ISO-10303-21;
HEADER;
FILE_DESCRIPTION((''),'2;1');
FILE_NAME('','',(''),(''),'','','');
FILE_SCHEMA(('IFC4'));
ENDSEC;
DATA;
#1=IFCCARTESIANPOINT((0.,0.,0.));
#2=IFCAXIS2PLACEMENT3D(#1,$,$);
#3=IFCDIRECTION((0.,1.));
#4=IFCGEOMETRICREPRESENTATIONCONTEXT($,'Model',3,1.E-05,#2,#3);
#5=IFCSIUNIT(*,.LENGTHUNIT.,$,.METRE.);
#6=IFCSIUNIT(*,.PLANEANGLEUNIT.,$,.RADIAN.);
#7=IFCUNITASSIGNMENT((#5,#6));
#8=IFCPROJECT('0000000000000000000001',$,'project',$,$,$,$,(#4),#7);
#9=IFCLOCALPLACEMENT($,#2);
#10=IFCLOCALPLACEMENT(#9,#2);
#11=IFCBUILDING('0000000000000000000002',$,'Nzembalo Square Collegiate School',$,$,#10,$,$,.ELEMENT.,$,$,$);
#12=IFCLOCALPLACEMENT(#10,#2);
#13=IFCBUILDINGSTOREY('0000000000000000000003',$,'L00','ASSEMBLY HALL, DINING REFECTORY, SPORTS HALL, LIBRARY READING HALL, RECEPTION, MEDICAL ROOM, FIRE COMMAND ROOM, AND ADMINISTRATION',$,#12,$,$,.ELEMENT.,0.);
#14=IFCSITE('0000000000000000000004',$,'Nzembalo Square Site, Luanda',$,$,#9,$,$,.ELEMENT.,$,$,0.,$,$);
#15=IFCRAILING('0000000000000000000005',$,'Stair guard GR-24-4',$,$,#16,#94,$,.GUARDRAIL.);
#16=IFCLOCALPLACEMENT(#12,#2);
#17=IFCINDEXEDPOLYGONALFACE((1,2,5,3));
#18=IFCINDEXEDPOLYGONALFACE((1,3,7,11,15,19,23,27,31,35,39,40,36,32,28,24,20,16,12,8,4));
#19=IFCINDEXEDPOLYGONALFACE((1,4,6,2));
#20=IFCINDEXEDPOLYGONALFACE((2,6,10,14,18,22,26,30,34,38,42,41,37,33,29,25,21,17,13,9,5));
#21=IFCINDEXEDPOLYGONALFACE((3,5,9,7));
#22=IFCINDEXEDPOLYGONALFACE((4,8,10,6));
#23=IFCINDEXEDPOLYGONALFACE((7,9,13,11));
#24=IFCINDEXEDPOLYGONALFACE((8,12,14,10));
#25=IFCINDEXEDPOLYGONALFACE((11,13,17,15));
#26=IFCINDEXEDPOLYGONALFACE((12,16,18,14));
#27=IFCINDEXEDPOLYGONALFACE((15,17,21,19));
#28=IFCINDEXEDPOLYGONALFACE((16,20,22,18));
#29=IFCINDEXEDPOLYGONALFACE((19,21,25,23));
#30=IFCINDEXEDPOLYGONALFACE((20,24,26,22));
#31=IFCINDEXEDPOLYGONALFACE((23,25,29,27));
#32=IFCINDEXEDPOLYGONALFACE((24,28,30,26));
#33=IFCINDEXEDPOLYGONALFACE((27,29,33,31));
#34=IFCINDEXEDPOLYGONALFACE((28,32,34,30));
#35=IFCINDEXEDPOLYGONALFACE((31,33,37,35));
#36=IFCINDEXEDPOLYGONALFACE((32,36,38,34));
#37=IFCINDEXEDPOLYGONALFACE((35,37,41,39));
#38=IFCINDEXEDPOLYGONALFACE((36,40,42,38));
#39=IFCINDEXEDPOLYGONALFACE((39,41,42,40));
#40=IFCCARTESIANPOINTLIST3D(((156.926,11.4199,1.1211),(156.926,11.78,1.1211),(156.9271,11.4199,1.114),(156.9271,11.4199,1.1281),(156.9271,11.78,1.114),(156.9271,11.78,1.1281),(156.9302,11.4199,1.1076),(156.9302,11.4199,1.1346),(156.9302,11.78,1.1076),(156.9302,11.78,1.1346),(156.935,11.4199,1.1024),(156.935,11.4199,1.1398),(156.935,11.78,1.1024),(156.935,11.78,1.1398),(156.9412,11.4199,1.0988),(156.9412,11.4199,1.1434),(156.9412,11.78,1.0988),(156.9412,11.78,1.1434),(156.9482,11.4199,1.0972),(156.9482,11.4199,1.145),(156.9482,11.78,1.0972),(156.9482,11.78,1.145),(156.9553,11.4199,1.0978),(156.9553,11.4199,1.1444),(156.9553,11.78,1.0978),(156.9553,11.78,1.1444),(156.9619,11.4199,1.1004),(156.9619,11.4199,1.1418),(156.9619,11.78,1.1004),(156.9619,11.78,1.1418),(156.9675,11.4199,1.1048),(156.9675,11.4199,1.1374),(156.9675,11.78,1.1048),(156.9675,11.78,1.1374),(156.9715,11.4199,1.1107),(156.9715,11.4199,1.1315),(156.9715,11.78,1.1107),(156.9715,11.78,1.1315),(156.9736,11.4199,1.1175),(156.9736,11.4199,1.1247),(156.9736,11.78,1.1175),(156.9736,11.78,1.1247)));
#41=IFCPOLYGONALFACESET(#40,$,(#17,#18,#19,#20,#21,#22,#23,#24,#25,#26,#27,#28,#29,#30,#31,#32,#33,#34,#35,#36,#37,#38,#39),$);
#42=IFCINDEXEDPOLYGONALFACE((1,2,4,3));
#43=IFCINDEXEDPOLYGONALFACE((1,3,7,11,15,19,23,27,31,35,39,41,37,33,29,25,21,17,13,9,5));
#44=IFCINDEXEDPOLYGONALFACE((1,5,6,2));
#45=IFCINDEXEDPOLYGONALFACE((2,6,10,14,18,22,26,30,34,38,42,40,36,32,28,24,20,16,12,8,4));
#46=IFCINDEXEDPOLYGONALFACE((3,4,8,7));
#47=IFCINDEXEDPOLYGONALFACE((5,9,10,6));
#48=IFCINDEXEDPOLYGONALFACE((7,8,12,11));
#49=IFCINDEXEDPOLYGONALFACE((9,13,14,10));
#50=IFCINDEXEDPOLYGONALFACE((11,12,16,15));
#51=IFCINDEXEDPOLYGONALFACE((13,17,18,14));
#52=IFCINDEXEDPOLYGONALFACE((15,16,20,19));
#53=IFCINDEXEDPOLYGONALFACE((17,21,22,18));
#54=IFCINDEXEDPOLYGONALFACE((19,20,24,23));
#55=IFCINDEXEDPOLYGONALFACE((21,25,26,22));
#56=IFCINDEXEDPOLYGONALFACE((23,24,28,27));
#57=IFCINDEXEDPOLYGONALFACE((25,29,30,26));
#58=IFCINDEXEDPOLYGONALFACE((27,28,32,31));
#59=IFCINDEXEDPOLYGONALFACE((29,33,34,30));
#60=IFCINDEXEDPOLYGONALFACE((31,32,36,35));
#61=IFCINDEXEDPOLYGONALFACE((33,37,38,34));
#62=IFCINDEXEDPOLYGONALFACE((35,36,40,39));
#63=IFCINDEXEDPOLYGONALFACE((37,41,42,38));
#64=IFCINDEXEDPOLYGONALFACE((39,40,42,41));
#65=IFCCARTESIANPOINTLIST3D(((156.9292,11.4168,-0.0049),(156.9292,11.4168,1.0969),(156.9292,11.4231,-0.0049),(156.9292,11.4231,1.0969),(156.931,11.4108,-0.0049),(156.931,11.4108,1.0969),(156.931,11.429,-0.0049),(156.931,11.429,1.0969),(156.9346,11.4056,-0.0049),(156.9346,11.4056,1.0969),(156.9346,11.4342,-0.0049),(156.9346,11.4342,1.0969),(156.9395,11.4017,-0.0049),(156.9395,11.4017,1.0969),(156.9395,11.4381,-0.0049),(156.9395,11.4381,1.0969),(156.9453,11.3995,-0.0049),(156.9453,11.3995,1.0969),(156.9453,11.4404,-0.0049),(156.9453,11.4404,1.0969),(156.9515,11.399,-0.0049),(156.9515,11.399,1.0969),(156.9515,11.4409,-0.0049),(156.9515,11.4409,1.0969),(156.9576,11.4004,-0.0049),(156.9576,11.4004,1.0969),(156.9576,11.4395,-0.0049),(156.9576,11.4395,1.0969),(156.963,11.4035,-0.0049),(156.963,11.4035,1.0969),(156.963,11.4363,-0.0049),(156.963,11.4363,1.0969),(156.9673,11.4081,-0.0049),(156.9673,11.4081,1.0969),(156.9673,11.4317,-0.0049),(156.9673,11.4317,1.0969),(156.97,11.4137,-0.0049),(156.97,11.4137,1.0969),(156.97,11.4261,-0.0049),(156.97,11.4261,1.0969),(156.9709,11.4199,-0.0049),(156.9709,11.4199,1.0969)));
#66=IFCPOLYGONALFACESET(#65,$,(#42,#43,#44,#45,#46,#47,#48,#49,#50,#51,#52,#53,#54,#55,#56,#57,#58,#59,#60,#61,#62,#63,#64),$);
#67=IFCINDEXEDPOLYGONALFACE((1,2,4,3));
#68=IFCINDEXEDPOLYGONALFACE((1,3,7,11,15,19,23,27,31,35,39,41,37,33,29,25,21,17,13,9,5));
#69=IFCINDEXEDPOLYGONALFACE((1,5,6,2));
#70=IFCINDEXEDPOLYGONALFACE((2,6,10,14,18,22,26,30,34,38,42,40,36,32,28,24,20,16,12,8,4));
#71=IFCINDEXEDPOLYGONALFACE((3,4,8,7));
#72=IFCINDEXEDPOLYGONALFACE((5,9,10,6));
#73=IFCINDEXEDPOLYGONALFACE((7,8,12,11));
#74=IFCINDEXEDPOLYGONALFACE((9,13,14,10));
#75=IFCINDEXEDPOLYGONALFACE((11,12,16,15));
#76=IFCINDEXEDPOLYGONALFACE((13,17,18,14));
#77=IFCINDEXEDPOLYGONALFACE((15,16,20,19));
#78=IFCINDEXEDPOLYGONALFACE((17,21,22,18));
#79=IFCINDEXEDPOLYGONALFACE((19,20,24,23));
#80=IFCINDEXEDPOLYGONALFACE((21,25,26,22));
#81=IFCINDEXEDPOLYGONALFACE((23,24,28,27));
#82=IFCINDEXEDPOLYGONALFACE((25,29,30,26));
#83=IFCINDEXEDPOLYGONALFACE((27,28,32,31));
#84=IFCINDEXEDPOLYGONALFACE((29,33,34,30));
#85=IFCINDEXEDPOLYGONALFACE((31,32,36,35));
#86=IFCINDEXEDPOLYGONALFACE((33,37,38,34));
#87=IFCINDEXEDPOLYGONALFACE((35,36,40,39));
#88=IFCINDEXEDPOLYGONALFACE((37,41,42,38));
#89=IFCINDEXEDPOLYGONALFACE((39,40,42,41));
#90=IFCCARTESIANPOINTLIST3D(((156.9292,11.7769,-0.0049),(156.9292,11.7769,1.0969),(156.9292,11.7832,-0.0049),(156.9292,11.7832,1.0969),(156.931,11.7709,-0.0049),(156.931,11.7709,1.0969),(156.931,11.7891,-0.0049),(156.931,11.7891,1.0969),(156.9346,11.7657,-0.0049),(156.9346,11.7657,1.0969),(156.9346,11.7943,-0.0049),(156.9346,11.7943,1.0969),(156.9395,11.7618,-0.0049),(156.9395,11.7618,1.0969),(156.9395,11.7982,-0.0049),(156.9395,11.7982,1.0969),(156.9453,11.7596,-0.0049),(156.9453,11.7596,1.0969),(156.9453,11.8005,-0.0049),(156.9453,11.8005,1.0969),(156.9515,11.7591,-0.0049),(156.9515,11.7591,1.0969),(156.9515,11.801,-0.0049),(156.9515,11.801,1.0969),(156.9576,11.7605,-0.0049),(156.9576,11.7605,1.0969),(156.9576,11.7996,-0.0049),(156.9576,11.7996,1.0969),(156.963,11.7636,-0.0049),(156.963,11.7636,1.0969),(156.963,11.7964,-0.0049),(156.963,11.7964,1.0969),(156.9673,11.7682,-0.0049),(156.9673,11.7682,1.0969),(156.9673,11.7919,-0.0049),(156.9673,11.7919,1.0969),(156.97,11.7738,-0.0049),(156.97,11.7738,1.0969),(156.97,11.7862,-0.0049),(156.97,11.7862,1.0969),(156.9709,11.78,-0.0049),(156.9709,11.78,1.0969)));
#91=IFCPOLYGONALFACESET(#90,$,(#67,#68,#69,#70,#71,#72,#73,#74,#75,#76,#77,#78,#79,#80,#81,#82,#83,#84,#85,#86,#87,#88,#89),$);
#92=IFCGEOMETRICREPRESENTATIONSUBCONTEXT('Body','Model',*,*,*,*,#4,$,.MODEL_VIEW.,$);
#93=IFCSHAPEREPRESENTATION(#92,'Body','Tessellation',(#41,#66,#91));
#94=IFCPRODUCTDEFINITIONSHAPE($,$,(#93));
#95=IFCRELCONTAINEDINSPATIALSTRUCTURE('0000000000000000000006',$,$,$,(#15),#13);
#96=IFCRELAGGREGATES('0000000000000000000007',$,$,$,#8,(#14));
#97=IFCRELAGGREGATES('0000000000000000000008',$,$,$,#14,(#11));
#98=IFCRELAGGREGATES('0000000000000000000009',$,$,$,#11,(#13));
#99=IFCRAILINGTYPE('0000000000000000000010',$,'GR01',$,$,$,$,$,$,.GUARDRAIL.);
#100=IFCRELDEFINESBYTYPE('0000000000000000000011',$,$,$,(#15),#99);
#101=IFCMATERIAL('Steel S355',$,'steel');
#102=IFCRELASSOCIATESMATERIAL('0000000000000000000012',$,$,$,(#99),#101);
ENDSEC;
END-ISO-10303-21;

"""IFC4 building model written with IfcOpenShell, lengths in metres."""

from ifc_helpers import new_model, si_unit, direction, frame, origin, origin_2d, place, context, subcontext, project, spatial, circle, extrude, material, type_object, element, save


model = new_model("IFC4")

# Units and contexts
model_context = context("Model", 3, precision=1e-05, world=origin(), true_north=direction((0.0, 1.0)))
body_context = subcontext(model_context, "Body", "Model", "MODEL_VIEW")
ifc_project = project(units=[si_unit("LENGTHUNIT", "METRE"), si_unit("PLANEANGLEUNIT", "RADIAN")], contexts=[model_context])

# Site, building, storey
site_placement = place(None, origin())
site = spatial("IfcSite", under=ifc_project, at=site_placement, Name="Nzembalo Square Site, Luanda", CompositionType="ELEMENT", RefElevation=0.0)
building_placement = place(site_placement, origin())
building = spatial("IfcBuilding", under=site, at=building_placement, Name="Nzembalo Square Collegiate School", CompositionType="ELEMENT")
storey_placement = place(building_placement, origin())
storey = spatial("IfcBuildingStorey", under=building, at=storey_placement, Name="L00", Description="ASSEMBLY HALL, DINING REFECTORY, SPORTS HALL, LIBRARY READING HALL, RECEPTION, MEDICAL ROOM, FIRE COMMAND ROOM, AND ADMINISTRATION", CompositionType="ELEMENT", Elevation=0.0)

# Railing
ifc_material_1 = material(Name="Steel S355", Category="steel")
railing_type_1 = type_object("IfcRailingType", Name="GR01", PredefinedType="GUARDRAIL", material=ifc_material_1)
railing_1_placement = place(storey_placement, frame((156.95, 11.4199, -0.0049)))
element("IfcRailing", 1, at=railing_1_placement, inside=storey, type_object=railing_type_1, Name="Stair guard GR-24-4", PredefinedType="GUARDRAIL", context=body_context, shape_type="SweptSolid", body=[
    extrude(circle(Radius=0.0239, at=origin_2d()), frame((0.0, 0.0, 1.126), z_axis=(0.0, 1.0, 0.0), x_axis=(-1.0, 0.0, 0.0)), (0.0, 0.0, 1.0), 0.3601),
    extrude(circle(Radius=0.021, at=origin_2d()), origin(), (0.0, 0.0, 1.0), 1.1018),
    extrude(circle(Radius=0.021, at=origin_2d()), frame((0.0, 0.3601, 0.0)), (0.0, 0.0, 1.0), 1.1018),
])

save(model, "model.ifc")
